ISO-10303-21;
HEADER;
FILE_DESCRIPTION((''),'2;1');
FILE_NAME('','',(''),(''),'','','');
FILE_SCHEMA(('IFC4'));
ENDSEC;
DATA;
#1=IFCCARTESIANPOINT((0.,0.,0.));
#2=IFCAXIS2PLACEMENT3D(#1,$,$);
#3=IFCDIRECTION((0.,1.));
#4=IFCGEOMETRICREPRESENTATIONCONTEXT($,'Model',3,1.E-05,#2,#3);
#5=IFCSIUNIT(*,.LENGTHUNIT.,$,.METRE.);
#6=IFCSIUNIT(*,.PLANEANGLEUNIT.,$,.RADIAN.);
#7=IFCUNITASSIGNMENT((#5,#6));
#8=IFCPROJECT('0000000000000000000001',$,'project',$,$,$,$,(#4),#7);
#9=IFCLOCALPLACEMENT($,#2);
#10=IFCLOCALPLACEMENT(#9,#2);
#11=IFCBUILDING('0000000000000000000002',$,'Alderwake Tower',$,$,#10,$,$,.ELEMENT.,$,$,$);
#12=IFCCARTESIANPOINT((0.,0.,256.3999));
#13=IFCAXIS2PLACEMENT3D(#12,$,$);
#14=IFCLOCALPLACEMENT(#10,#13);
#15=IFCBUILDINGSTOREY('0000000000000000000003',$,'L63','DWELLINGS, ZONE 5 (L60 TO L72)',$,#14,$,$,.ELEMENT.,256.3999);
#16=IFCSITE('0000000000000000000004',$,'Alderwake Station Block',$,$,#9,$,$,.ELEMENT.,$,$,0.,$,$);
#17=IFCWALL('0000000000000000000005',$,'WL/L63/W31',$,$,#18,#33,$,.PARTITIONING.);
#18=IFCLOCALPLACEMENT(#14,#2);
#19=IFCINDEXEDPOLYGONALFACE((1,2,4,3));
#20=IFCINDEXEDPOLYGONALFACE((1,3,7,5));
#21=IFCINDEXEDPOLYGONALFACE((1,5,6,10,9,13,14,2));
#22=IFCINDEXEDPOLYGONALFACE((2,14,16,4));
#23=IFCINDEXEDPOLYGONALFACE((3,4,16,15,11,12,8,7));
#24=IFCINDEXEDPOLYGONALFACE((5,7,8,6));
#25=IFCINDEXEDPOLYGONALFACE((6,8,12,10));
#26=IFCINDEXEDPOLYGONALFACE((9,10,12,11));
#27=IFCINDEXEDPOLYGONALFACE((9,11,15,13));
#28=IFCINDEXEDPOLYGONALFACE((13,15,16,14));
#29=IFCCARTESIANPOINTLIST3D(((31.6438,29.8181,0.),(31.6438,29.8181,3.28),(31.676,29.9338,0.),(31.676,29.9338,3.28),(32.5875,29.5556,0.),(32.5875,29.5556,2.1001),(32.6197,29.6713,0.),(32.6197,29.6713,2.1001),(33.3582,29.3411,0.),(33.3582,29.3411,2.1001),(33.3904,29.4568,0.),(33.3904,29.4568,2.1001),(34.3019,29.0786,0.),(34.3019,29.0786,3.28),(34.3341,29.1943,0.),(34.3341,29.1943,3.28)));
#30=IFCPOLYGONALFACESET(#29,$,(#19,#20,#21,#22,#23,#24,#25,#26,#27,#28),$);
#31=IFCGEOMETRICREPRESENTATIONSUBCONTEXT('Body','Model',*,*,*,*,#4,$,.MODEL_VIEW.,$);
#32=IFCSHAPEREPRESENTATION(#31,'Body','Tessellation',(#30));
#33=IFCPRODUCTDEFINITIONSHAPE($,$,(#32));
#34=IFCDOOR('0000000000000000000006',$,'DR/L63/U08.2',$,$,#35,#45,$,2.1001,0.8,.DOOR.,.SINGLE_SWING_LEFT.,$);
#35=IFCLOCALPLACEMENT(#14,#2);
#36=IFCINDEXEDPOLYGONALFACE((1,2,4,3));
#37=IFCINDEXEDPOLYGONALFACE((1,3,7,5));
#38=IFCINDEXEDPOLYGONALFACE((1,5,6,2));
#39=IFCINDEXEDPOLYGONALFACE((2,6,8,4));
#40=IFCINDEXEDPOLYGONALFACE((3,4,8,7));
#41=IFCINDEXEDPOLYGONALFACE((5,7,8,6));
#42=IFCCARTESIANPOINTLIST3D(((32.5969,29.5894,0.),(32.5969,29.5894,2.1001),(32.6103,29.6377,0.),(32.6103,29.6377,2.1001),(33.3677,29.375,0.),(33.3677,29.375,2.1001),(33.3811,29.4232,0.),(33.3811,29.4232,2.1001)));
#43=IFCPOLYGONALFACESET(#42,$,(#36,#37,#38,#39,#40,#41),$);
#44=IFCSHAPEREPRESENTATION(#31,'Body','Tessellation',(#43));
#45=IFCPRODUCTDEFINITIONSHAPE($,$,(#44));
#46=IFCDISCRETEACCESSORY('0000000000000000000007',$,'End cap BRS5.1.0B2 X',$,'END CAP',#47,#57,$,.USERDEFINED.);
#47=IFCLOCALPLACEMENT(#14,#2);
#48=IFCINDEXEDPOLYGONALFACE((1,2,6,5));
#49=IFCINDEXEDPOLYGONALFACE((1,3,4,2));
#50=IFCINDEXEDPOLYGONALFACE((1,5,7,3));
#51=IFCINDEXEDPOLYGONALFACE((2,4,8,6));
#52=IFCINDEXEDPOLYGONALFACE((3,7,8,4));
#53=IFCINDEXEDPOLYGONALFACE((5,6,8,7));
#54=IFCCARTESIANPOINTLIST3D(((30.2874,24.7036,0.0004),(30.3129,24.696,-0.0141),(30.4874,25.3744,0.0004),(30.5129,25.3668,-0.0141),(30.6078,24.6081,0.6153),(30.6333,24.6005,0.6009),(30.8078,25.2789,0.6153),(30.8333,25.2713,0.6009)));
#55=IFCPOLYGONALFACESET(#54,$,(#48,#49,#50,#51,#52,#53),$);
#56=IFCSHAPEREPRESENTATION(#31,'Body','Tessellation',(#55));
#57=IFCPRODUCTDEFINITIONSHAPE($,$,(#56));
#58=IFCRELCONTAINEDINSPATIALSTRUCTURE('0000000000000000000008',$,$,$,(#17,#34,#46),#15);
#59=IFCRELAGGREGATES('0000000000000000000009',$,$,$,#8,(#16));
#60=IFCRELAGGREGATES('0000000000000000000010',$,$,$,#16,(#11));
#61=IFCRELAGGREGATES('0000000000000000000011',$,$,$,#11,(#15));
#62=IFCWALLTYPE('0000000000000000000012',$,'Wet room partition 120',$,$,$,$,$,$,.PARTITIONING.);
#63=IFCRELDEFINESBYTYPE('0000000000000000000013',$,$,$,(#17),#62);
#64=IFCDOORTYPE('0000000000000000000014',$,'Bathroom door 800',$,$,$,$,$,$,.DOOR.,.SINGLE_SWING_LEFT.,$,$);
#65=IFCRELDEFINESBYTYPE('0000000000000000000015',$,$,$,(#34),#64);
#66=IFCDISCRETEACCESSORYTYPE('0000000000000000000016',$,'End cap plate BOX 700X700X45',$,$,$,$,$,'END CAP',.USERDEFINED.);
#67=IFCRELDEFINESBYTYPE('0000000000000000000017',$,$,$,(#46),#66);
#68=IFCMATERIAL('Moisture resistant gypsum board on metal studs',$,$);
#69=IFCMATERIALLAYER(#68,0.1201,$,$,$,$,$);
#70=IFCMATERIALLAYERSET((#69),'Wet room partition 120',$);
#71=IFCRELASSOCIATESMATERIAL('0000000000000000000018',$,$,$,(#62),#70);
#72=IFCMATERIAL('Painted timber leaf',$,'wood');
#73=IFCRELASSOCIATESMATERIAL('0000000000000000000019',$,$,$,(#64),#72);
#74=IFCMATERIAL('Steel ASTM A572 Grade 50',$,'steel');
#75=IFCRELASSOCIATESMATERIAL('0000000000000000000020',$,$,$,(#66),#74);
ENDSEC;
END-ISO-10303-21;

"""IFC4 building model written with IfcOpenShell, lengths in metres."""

from ifc_helpers import new_model, si_unit, direction, frame, frame_2d, origin, origin_2d, place, context, subcontext, project, spatial, rectangle, extrude, material, layer, layer_set, material_profile, profile_set, type_object, element, fill, save


model = new_model("IFC4")

# Units and contexts
model_context = context("Model", 3, precision=1e-05, world=origin(), true_north=direction((0.0, 1.0)))
body_context = subcontext(model_context, "Body", "Model", "MODEL_VIEW")
ifc_project = project(units=[si_unit("LENGTHUNIT", "METRE"), si_unit("PLANEANGLEUNIT", "RADIAN")], contexts=[model_context])

# Site, building, storey
site_placement = place(None, origin())
site = spatial("IfcSite", under=ifc_project, at=site_placement, Name="Alderwake Station Block", CompositionType="ELEMENT", RefElevation=0.0)
building_placement = place(site_placement, origin())
building = spatial("IfcBuilding", under=site, at=building_placement, Name="Alderwake Tower", CompositionType="ELEMENT")
storey_placement = place(building_placement, frame((0.0, 0.0, 256.3999)))
storey = spatial("IfcBuildingStorey", under=building, at=storey_placement, Name="L63", Description="DWELLINGS, ZONE 5 (L60 TO L72)", CompositionType="ELEMENT", Elevation=256.3999)

# Shared definitions
ifc_material_1 = material(Name="Moisture resistant gypsum board on metal studs")
ifc_layer_1 = layer(ifc_material_1, 0.1201)
ifc_layer_set_1 = layer_set([ifc_layer_1], Name="Wet room partition 120")
wall_type_1 = type_object("IfcWallType", Name="Wet room partition 120", PredefinedType="PARTITIONING", material=ifc_layer_set_1)

# Wall, opening, door
wall_1_placement = place(storey_placement, frame((34.3179, 29.1365, 0.0), z_axis=(0.0, 0.0, 1.0), x_axis=(-0.963408, 0.268041, 0.0)))
wall_1 = element("IfcWall", 1, at=wall_1_placement, inside=storey, type_object=wall_type_1, Name="WL/L63/W31", PredefinedType="PARTITIONING", context=body_context, shape_type="SweptSolid", body=[
    extrude(rectangle(XDim=2.759, YDim=0.1201, at=frame_2d((1.3794, 0.0))), origin(), (0.0, 0.0, 1.0), 3.28),
])
opening_1_placement = place(wall_1_placement, frame((0.9795, 0.0, 0.0)))
opening_1 = element("IfcOpeningElement", 2, at=opening_1_placement, cuts=wall_1, PredefinedType="OPENING", context=body_context, shape_type="SweptSolid", body=[
    extrude(rectangle(XDim=0.8, YDim=2.1001, at=frame_2d((0.3999, 1.05))), frame((0.0, 0.0701, 0.0), z_axis=(0.0, -1.0, 0.0), x_axis=(1.0, 0.0, 0.0)), (0.0, 0.0, 1.0), 0.1401),
])
ifc_material_2 = material(Name="Painted timber leaf", Category="wood")
door_type_1 = type_object("IfcDoorType", Name="Bathroom door 800", OperationType="SINGLE_SWING_LEFT", PredefinedType="DOOR", material=ifc_material_2)
door_1_placement = place(opening_1_placement, origin())
door_1 = element("IfcDoor", 3, at=door_1_placement, inside=storey, type_object=door_type_1, Name="DR/L63/U08.2", OperationType="SINGLE_SWING_LEFT", OverallHeight=2.1001, OverallWidth=0.8, PredefinedType="DOOR", context=body_context, shape_type="SweptSolid", body=[
    extrude(rectangle(XDim=0.8, YDim=2.1001, at=frame_2d((0.3999, 1.05))), frame((0.0, 0.0249, 0.0), z_axis=(0.0, -1.0, 0.0), x_axis=(1.0, 0.0, 0.0)), (0.0, 0.0, 1.0), 0.05),
])
fill(opening_1, door_1)

# Discrete accessory
ifc_material_3 = material(Name="Steel ASTM A572 Grade 50", Category="steel")
ifc_material_profile_1 = material_profile(ifc_material_3, rectangle(XDim=0.7, YDim=0.7, at=origin_2d()), Name="BOX 700X700X45 cap")
ifc_profile_set_1 = profile_set([ifc_material_profile_1], Name="Steel ASTM A572 Grade 50")
discrete_accessory_type = type_object("IfcDiscreteAccessoryType", Name="End cap plate BOX 700X700X45", ElementType="END CAP", PredefinedType="USERDEFINED", material=ifc_profile_set_1)
discrete_accessory_placement = place(storey_placement, frame((30.5476, 24.9912, 0.3079), z_axis=(0.841947, -0.250965, -0.477643), x_axis=(0.285657, 0.958332, 0.0)))
element("IfcDiscreteAccessory", 4, at=discrete_accessory_placement, inside=storey, type_object=discrete_accessory_type, Name="End cap BRS5.1.0B2 X", ObjectType="END CAP", PredefinedType="USERDEFINED", context=body_context, shape_type="SweptSolid", body=[
    extrude(rectangle(XDim=0.7, YDim=0.7, at=origin_2d()), origin(), (0.0, 0.0, 1.0), 0.0303),
])

save(model, "model.ifc")
